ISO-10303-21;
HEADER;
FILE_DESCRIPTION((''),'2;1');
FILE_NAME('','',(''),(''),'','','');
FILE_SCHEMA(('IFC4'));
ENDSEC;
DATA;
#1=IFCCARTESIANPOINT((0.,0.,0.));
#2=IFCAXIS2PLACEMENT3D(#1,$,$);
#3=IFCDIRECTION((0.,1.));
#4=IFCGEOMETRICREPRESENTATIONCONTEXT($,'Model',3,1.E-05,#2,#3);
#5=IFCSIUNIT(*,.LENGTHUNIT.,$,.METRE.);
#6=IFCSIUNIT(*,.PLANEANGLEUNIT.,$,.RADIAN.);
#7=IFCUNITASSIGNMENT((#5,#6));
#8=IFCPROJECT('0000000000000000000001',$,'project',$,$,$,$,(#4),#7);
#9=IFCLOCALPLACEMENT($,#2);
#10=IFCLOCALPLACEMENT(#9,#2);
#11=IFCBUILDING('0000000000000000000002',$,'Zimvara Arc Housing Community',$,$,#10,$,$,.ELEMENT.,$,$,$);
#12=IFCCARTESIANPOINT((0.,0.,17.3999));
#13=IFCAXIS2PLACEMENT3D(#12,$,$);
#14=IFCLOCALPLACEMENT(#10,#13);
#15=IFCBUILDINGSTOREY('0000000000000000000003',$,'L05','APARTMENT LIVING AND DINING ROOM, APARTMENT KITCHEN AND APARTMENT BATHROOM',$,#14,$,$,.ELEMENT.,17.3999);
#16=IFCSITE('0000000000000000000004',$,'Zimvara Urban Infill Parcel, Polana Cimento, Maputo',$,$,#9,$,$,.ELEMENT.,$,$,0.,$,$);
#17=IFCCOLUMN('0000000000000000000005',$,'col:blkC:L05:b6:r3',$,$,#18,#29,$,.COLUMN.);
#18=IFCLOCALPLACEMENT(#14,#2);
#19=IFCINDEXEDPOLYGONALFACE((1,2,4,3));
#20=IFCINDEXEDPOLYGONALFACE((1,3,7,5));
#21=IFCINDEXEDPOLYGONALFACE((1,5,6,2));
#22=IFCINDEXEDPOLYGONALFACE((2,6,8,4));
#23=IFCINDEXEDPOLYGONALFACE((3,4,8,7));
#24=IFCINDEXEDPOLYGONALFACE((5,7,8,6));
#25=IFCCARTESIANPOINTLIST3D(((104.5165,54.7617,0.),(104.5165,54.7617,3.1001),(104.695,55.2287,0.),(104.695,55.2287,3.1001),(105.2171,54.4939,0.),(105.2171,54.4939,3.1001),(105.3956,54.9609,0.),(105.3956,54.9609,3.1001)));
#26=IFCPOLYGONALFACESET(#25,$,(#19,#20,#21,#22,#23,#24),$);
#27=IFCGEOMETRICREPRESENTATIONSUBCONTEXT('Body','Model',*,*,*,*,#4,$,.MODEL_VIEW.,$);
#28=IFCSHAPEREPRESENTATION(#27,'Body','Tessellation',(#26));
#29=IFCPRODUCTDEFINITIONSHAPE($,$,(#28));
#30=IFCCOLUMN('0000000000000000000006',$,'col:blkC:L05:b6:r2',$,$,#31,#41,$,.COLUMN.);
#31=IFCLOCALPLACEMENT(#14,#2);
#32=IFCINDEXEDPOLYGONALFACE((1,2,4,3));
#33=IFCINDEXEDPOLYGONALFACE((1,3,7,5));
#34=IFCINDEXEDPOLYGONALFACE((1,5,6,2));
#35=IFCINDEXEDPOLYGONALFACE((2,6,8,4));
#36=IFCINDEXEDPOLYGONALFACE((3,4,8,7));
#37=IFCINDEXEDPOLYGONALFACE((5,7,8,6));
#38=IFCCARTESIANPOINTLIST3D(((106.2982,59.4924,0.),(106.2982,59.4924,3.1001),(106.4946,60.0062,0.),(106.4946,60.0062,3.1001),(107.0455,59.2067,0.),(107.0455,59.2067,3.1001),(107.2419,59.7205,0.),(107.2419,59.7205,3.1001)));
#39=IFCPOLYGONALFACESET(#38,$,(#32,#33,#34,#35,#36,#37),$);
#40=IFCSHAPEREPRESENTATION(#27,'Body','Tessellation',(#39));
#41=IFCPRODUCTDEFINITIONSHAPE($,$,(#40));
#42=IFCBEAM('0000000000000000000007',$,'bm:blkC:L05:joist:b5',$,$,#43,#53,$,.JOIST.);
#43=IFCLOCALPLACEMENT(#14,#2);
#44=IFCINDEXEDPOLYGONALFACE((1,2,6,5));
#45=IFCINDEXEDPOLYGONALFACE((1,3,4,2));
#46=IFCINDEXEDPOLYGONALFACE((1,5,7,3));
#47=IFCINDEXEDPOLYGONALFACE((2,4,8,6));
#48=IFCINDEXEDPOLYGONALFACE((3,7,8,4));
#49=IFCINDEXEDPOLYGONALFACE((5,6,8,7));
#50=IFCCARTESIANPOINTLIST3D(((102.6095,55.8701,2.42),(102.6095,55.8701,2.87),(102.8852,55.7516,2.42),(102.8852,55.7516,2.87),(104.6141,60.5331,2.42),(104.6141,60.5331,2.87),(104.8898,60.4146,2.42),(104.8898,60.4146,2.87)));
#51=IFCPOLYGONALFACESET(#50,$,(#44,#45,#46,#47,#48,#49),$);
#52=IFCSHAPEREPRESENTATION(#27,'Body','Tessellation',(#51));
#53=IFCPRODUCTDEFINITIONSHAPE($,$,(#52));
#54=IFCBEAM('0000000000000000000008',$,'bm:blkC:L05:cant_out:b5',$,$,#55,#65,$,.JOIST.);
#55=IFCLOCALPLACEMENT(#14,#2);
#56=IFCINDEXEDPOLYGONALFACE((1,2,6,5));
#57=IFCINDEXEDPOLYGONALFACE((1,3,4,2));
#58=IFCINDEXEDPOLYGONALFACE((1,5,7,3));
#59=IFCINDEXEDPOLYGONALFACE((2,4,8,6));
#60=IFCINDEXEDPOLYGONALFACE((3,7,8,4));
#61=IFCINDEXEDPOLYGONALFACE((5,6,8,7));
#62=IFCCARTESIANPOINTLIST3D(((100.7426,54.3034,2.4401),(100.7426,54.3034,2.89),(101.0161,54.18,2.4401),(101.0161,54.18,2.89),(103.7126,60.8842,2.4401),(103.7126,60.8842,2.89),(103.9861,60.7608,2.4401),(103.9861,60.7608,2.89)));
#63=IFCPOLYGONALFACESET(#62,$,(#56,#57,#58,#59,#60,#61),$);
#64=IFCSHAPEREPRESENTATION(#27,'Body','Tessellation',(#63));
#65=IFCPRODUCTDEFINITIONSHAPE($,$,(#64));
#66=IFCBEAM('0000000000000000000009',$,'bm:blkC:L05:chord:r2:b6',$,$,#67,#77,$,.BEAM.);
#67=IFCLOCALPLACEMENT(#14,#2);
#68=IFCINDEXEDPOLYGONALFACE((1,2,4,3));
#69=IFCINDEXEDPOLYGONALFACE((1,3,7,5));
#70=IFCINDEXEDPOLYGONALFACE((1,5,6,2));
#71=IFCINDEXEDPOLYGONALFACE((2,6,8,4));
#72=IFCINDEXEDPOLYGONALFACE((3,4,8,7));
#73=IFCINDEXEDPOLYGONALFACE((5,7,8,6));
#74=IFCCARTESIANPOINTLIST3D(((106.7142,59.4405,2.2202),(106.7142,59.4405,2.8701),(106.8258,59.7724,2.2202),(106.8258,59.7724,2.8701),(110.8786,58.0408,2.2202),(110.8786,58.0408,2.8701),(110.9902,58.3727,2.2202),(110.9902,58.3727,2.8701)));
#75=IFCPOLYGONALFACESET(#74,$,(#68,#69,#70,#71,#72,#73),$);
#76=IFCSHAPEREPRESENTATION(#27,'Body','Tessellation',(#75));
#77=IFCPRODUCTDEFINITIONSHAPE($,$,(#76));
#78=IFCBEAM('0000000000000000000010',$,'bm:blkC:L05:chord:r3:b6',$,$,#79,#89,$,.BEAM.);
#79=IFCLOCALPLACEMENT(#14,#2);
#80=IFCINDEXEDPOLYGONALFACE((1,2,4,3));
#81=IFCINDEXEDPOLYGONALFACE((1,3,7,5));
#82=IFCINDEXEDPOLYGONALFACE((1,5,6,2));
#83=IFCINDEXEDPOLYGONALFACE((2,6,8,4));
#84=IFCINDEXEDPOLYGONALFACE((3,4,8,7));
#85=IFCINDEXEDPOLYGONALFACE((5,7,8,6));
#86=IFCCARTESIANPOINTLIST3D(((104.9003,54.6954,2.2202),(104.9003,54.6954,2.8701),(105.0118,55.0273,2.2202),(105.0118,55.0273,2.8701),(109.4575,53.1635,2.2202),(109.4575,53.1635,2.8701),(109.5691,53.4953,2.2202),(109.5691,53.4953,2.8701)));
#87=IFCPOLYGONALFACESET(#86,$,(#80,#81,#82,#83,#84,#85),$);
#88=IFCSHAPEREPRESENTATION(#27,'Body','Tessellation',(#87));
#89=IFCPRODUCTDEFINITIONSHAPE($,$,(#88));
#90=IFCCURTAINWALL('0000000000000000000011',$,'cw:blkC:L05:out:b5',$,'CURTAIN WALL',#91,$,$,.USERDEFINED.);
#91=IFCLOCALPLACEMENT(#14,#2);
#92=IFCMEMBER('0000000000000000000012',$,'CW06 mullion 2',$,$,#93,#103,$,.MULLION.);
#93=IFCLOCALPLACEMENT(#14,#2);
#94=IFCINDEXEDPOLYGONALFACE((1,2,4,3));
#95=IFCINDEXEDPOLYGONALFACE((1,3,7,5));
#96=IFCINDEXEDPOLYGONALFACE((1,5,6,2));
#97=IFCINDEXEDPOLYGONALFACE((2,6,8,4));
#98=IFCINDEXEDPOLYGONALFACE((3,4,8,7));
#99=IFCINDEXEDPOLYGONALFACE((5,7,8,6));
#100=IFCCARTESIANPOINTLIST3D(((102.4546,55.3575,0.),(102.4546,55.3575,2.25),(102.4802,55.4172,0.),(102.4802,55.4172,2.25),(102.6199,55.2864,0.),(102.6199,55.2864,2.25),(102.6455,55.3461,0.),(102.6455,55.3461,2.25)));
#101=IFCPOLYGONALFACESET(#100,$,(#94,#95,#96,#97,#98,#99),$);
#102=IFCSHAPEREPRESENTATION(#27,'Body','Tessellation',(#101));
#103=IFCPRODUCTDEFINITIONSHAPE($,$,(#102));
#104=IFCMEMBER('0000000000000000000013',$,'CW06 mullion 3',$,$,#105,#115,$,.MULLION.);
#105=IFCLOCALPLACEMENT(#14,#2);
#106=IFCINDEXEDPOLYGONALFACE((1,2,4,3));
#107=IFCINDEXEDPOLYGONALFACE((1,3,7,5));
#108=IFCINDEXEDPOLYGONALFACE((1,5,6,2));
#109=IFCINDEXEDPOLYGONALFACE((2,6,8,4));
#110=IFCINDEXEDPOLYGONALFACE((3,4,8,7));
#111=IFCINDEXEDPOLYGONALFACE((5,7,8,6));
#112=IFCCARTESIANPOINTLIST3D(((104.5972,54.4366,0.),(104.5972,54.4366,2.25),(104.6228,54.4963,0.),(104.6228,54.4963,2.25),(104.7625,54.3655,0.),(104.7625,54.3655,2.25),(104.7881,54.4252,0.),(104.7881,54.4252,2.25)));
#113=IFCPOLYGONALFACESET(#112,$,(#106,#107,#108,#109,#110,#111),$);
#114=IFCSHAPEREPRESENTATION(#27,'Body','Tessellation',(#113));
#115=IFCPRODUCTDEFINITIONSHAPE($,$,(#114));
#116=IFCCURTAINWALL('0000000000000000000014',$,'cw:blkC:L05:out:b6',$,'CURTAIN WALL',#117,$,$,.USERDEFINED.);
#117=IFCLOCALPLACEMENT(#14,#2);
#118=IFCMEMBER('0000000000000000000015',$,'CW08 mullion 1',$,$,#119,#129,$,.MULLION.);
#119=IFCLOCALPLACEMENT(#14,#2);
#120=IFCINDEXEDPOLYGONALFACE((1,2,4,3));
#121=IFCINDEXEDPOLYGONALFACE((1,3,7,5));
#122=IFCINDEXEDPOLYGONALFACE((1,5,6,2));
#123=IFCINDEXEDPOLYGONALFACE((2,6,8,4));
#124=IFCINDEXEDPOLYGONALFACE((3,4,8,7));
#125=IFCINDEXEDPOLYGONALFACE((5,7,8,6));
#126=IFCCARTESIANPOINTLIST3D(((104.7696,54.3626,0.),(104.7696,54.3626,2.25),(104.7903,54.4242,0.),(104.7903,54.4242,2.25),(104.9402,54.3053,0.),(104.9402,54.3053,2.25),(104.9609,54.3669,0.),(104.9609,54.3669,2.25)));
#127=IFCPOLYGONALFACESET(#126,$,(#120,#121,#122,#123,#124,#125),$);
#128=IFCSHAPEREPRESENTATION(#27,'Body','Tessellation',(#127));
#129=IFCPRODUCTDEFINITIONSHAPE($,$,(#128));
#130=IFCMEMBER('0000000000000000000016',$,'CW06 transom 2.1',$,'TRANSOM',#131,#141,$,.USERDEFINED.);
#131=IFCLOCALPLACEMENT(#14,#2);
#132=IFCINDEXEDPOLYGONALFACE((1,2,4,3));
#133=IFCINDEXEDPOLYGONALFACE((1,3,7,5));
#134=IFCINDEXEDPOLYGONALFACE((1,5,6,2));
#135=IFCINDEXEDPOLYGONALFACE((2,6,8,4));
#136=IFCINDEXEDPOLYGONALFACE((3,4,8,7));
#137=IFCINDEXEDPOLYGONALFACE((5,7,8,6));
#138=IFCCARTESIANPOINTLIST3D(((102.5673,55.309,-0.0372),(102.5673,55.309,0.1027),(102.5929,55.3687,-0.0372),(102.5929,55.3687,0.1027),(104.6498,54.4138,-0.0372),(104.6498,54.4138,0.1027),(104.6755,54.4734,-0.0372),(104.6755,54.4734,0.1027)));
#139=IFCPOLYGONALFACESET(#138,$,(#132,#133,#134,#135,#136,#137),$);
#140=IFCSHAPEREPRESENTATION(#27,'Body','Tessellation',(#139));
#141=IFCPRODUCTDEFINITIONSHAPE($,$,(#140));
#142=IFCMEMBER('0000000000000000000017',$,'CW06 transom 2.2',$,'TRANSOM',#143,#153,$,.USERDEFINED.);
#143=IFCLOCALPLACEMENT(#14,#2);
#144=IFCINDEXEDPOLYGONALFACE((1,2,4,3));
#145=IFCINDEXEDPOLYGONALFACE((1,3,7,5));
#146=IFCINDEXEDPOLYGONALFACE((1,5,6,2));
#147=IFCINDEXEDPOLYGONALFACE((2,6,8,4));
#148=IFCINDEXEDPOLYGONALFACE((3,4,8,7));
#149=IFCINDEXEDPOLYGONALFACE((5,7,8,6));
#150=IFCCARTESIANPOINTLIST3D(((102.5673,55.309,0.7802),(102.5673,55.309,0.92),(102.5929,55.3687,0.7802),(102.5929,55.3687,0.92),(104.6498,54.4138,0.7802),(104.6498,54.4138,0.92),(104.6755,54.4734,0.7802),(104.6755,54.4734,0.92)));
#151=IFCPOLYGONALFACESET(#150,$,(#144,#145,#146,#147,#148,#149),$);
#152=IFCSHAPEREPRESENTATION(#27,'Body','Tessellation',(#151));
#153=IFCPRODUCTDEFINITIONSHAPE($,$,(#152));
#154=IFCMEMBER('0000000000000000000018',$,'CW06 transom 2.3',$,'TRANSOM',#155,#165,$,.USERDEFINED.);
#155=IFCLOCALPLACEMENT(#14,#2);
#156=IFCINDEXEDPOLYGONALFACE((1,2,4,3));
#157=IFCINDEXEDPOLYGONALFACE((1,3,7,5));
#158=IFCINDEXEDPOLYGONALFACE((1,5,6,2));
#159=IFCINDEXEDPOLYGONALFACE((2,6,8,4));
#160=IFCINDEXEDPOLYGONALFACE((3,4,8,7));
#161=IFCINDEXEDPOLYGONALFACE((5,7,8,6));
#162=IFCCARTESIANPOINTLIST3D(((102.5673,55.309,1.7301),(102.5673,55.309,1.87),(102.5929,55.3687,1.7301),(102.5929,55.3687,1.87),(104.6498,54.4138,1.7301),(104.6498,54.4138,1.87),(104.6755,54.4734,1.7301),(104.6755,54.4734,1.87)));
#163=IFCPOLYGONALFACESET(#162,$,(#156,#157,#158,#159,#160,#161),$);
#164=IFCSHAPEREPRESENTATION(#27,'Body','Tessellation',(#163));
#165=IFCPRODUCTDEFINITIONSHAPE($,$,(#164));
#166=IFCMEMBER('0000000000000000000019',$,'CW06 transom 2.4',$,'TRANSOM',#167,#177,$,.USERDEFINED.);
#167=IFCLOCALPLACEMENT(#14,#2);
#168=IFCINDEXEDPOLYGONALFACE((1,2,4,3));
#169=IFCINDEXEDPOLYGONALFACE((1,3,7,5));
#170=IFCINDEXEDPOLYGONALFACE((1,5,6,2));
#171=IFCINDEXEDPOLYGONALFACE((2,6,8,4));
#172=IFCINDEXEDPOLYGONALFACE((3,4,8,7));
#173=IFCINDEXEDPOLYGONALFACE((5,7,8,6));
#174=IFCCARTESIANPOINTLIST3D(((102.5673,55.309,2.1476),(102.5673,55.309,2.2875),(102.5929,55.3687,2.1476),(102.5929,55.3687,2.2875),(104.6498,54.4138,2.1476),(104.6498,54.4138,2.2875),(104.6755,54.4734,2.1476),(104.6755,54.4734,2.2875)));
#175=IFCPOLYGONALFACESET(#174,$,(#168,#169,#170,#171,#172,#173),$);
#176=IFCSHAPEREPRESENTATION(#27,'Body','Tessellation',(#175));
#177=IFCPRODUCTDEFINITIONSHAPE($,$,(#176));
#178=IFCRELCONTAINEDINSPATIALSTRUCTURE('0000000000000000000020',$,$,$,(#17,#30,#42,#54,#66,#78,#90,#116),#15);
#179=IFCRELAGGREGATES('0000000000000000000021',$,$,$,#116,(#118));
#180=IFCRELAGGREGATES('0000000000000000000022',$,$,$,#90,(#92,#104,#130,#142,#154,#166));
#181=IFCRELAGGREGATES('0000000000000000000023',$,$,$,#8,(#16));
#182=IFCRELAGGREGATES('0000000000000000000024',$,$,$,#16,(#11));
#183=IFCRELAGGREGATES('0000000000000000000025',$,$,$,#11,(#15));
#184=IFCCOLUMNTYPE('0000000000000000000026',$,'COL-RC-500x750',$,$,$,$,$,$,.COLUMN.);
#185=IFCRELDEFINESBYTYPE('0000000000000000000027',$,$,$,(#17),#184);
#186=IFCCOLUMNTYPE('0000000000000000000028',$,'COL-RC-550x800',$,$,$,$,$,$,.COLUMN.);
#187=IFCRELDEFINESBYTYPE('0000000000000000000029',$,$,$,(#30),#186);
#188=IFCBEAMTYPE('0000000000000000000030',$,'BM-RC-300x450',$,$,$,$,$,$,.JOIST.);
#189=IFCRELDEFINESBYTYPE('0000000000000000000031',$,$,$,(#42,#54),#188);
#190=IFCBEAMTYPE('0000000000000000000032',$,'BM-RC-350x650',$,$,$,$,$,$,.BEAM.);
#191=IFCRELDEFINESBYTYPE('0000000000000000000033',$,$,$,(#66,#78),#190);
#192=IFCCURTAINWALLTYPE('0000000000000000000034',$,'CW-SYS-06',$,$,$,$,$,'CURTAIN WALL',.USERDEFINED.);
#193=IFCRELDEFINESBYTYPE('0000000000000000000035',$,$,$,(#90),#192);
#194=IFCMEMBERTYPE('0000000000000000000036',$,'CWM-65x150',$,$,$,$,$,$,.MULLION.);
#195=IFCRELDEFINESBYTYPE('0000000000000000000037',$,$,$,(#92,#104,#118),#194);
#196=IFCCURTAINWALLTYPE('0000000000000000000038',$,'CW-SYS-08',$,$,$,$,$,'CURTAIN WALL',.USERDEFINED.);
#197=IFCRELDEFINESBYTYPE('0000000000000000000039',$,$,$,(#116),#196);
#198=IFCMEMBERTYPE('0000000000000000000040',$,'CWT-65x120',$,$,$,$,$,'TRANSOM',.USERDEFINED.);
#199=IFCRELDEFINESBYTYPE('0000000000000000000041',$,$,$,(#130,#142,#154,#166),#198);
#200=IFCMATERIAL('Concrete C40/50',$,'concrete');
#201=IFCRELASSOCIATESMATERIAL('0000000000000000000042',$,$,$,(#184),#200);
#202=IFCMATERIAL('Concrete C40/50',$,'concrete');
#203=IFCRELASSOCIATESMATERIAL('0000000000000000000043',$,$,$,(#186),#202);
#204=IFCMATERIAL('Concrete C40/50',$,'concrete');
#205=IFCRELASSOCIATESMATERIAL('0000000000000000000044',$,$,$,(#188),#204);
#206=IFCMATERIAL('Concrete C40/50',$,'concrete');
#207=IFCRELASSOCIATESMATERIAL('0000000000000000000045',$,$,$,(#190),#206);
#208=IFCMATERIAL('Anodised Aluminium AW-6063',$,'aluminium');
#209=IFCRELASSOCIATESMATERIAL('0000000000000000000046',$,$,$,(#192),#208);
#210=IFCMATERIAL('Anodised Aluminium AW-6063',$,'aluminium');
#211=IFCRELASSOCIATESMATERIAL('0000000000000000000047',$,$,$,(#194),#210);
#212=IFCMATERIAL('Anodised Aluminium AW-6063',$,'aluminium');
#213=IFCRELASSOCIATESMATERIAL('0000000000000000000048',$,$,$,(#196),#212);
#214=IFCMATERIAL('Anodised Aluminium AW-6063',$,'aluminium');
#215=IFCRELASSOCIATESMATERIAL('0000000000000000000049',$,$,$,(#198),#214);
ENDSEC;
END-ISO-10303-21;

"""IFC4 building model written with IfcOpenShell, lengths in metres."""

from ifc_helpers import new_model, si_unit, direction, frame, origin, origin_2d, place, context, subcontext, project, spatial, rectangle, extrude, material, material_profile, profile_set, type_object, element, aggregate, save


model = new_model("IFC4")

# Units and contexts
model_context = context("Model", 3, precision=1e-05, world=origin(), true_north=direction((0.0, 1.0)))
body_context = subcontext(model_context, "Body", "Model", "MODEL_VIEW")
ifc_project = project(units=[si_unit("LENGTHUNIT", "METRE"), si_unit("PLANEANGLEUNIT", "RADIAN")], contexts=[model_context])

# Site, building, storey
site_placement = place(None, origin())
site = spatial("IfcSite", under=ifc_project, at=site_placement, Name="Zimvara Urban Infill Parcel, Polana Cimento, Maputo", CompositionType="ELEMENT", RefElevation=0.0)
building_placement = place(site_placement, origin())
building = spatial("IfcBuilding", under=site, at=building_placement, Name="Zimvara Arc Housing Community", CompositionType="ELEMENT")
storey_placement = place(building_placement, frame((0.0, 0.0, 17.3999)))
storey = spatial("IfcBuildingStorey", under=building, at=storey_placement, Name="L05", Description="APARTMENT LIVING AND DINING ROOM, APARTMENT KITCHEN AND APARTMENT BATHROOM", CompositionType="ELEMENT", Elevation=17.3999)

# Columns
ifc_material_1 = material(Name="Concrete C40/50", Category="concrete")
ifc_material_profile_1 = material_profile(ifc_material_1, rectangle(XDim=0.5, YDim=0.75, at=origin_2d()), Name="RC 500x750")
ifc_profile_set_1 = profile_set([ifc_material_profile_1], Name="Concrete C40/50")
column_type_1 = type_object("IfcColumnType", Name="COL-RC-500x750", PredefinedType="COLUMN", material=ifc_profile_set_1)
column_1_placement = place(storey_placement, frame((104.9561, 54.8613, 0.0), z_axis=(0.0, 0.0, 1.0), x_axis=(-0.357064, -0.93408, 0.0)))
element("IfcColumn", 1, at=column_1_placement, inside=storey, type_object=column_type_1, Name="col:blkC:L05:b6:r3", PredefinedType="COLUMN", context=body_context, shape_type="SweptSolid", body=[
    extrude(rectangle(XDim=0.5, YDim=0.75, at=origin_2d()), origin(), (0.0, 0.0, 1.0), 3.1001),
])
ifc_material_2 = material(Name="Concrete C40/50", Category="concrete")
ifc_material_profile_2 = material_profile(ifc_material_2, rectangle(XDim=0.55, YDim=0.8, at=origin_2d()), Name="RC 550x800")
ifc_profile_set_2 = profile_set([ifc_material_profile_2], Name="Concrete C40/50")
column_type_2 = type_object("IfcColumnType", Name="COL-RC-550x800", PredefinedType="COLUMN", material=ifc_profile_set_2)
column_2_placement = place(storey_placement, frame((106.77, 59.6064, 0.0), z_axis=(0.0, 0.0, 1.0), x_axis=(-0.357064, -0.93408, 0.0)))
element("IfcColumn", 2, at=column_2_placement, inside=storey, type_object=column_type_2, Name="col:blkC:L05:b6:r2", PredefinedType="COLUMN", context=body_context, shape_type="SweptSolid", body=[
    extrude(rectangle(XDim=0.55, YDim=0.8, at=origin_2d()), origin(), (0.0, 0.0, 1.0), 3.1001),
])

# Beams
ifc_material_3 = material(Name="Concrete C40/50", Category="concrete")
ifc_material_profile_3 = material_profile(ifc_material_3, rectangle(XDim=0.3, YDim=0.45, at=origin_2d()), Name="RC 300x450")
ifc_profile_set_3 = profile_set([ifc_material_profile_3], Name="Concrete C40/50")
beam_type_1 = type_object("IfcBeamType", Name="BM-RC-300x450", PredefinedType="JOIST", material=ifc_profile_set_3)
beam_1_placement = place(storey_placement, frame((104.752, 60.4739, 2.645), z_axis=(-0.394947, -0.918704, 0.0), x_axis=(0.918704, -0.394947, 0.0)))
element("IfcBeam", 3, at=beam_1_placement, inside=storey, type_object=beam_type_1, Name="bm:blkC:L05:joist:b5", PredefinedType="JOIST", context=body_context, shape_type="SweptSolid", body=[
    extrude(rectangle(XDim=0.3, YDim=0.45, at=origin_2d()), origin(), (0.0, 0.0, 1.0), 5.0757),
])
beam_2_placement = place(storey_placement, frame((103.8494, 60.8225, 2.665), z_axis=(-0.411356, -0.911475, 0.0), x_axis=(0.911475, -0.411356, 0.0)))
element("IfcBeam", 4, at=beam_2_placement, inside=storey, type_object=beam_type_1, Name="bm:blkC:L05:cant_out:b5", PredefinedType="JOIST", context=body_context, shape_type="SweptSolid", body=[
    extrude(rectangle(XDim=0.3, YDim=0.45, at=origin_2d()), origin(), (0.0, 0.0, 1.0), 7.22),
])
ifc_material_4 = material(Name="Concrete C40/50", Category="concrete")
ifc_material_profile_4 = material_profile(ifc_material_4, rectangle(XDim=0.3501, YDim=0.6499, at=origin_2d()), Name="RC 350x650")
ifc_profile_set_4 = profile_set([ifc_material_profile_4], Name="Concrete C40/50")
beam_type_2 = type_object("IfcBeamType", Name="BM-RC-350x650", PredefinedType="BEAM", material=ifc_profile_set_4)
beam_3_placement = place(storey_placement, frame((106.77, 59.6064, 2.5452), z_axis=(0.947891, -0.318594, 0.0), x_axis=(0.318594, 0.947891, 0.0)))
element("IfcBeam", 5, at=beam_3_placement, inside=storey, type_object=beam_type_2, Name="bm:blkC:L05:chord:r2:b6", PredefinedType="BEAM", context=body_context, shape_type="SweptSolid", body=[
    extrude(rectangle(XDim=0.3501, YDim=0.6499, at=origin_2d()), origin(), (0.0, 0.0, 1.0), 4.3933),
])
beam_4_placement = place(storey_placement, frame((104.9561, 54.8613, 2.5452), z_axis=(0.947878, -0.318634, 0.0), x_axis=(0.318634, 0.947878, 0.0)))
element("IfcBeam", 6, at=beam_4_placement, inside=storey, type_object=beam_type_2, Name="bm:blkC:L05:chord:r3:b6", PredefinedType="BEAM", context=body_context, shape_type="SweptSolid", body=[
    extrude(rectangle(XDim=0.3501, YDim=0.6499, at=origin_2d()), origin(), (0.0, 0.0, 1.0), 4.8079),
])

# Curtain wall, members
ifc_material_5 = material(Name="Anodised Aluminium AW-6063", Category="aluminium")
curtain_wall_type_1 = type_object("IfcCurtainWallType", Name="CW-SYS-06", ElementType="CURTAIN WALL", PredefinedType="USERDEFINED", material=ifc_material_5)
curtain_wall_1_placement = place(storey_placement, origin())
curtain_wall_1 = element("IfcCurtainWall", 7, at=curtain_wall_1_placement, inside=storey, type_object=curtain_wall_type_1, Name="cw:blkC:L05:out:b5", ObjectType="CURTAIN WALL", PredefinedType="USERDEFINED")
ifc_material_6 = material(Name="Anodised Aluminium AW-6063", Category="aluminium")
ifc_material_profile_5 = material_profile(ifc_material_6, rectangle(XDim=0.0649, YDim=0.1799, at=origin_2d()), Name="ALU 65x180")
ifc_profile_set_5 = profile_set([ifc_material_profile_5], Name="Anodised Aluminium AW-6063")
member_type_1 = type_object("IfcMemberType", Name="CWM-65x150", PredefinedType="MULLION", material=ifc_profile_set_5)
member_1_placement = place(storey_placement, frame((102.55, 55.3518, 0.0), z_axis=(0.0, 0.0, 1.0), x_axis=(0.394904, 0.918722, 0.0)))
member_1 = element("IfcMember", 8, at=member_1_placement, type_object=member_type_1, Name="CW06 mullion 2", PredefinedType="MULLION", context=body_context, shape_type="SweptSolid", body=[
    extrude(rectangle(XDim=0.0649, YDim=0.1799, at=origin_2d()), origin(), (0.0, 0.0, 1.0), 2.25),
])
member_2_placement = place(storey_placement, frame((104.6926, 54.4309, 0.0), z_axis=(0.0, 0.0, 1.0), x_axis=(0.394904, 0.918722, 0.0)))
member_2 = element("IfcMember", 9, at=member_2_placement, type_object=member_type_1, Name="CW06 mullion 3", PredefinedType="MULLION", context=body_context, shape_type="SweptSolid", body=[
    extrude(rectangle(XDim=0.0649, YDim=0.1799, at=origin_2d()), origin(), (0.0, 0.0, 1.0), 2.25),
])

# Curtain wall, member
ifc_material_7 = material(Name="Anodised Aluminium AW-6063", Category="aluminium")
curtain_wall_type_2 = type_object("IfcCurtainWallType", Name="CW-SYS-08", ElementType="CURTAIN WALL", PredefinedType="USERDEFINED", material=ifc_material_7)
curtain_wall_2_placement = place(storey_placement, origin())
curtain_wall_2 = element("IfcCurtainWall", 10, at=curtain_wall_2_placement, inside=storey, type_object=curtain_wall_type_2, Name="cw:blkC:L05:out:b6", ObjectType="CURTAIN WALL", PredefinedType="USERDEFINED")
member_3_placement = place(storey_placement, frame((104.8652, 54.3647, 0.0), z_axis=(0.0, 0.0, 1.0), x_axis=(0.318629, 0.94788, 0.0)))
member_3 = element("IfcMember", 11, at=member_3_placement, type_object=member_type_1, Name="CW08 mullion 1", PredefinedType="MULLION", context=body_context, shape_type="SweptSolid", body=[
    extrude(rectangle(XDim=0.0649, YDim=0.1799, at=origin_2d()), origin(), (0.0, 0.0, 1.0), 2.25),
])

# Members
ifc_material_8 = material(Name="Anodised Aluminium AW-6063", Category="aluminium")
ifc_material_profile_6 = material_profile(ifc_material_8, rectangle(XDim=0.0649, YDim=0.1399, at=origin_2d()), Name="ALU 65x140")
ifc_profile_set_6 = profile_set([ifc_material_profile_6], Name="Anodised Aluminium AW-6063")
member_type_2 = type_object("IfcMemberType", Name="CWT-65x120", ElementType="TRANSOM", PredefinedType="USERDEFINED", material=ifc_profile_set_6)
member_4_placement = place(storey_placement, frame((102.5801, 55.3389, 0.0327), z_axis=(0.918704, -0.394946, 0.0), x_axis=(0.394946, 0.918704, 0.0)))
member_4 = element("IfcMember", 12, at=member_4_placement, type_object=member_type_2, Name="CW06 transom 2.1", ObjectType="TRANSOM", PredefinedType="USERDEFINED", context=body_context, shape_type="SweptSolid", body=[
    extrude(rectangle(XDim=0.0649, YDim=0.1399, at=origin_2d()), origin(), (0.0, 0.0, 1.0), 2.2668),
])
member_5_placement = place(storey_placement, frame((102.5801, 55.3389, 0.8501), z_axis=(0.918704, -0.394946, 0.0), x_axis=(0.394946, 0.918704, 0.0)))
member_5 = element("IfcMember", 13, at=member_5_placement, type_object=member_type_2, Name="CW06 transom 2.2", ObjectType="TRANSOM", PredefinedType="USERDEFINED", context=body_context, shape_type="SweptSolid", body=[
    extrude(rectangle(XDim=0.0649, YDim=0.1399, at=origin_2d()), origin(), (0.0, 0.0, 1.0), 2.2668),
])
member_6_placement = place(storey_placement, frame((102.5801, 55.3389, 1.8), z_axis=(0.918704, -0.394946, 0.0), x_axis=(0.394946, 0.918704, 0.0)))
member_6 = element("IfcMember", 14, at=member_6_placement, type_object=member_type_2, Name="CW06 transom 2.3", ObjectType="TRANSOM", PredefinedType="USERDEFINED", context=body_context, shape_type="SweptSolid", body=[
    extrude(rectangle(XDim=0.0649, YDim=0.1399, at=origin_2d()), origin(), (0.0, 0.0, 1.0), 2.2668),
])
member_7_placement = place(storey_placement, frame((102.5801, 55.3389, 2.2175), z_axis=(0.918704, -0.394946, 0.0), x_axis=(0.394946, 0.918704, 0.0)))
member_7 = element("IfcMember", 15, at=member_7_placement, type_object=member_type_2, Name="CW06 transom 2.4", ObjectType="TRANSOM", PredefinedType="USERDEFINED", context=body_context, shape_type="SweptSolid", body=[
    extrude(rectangle(XDim=0.0649, YDim=0.1399, at=origin_2d()), origin(), (0.0, 0.0, 1.0), 2.2668),
])

aggregate(curtain_wall_2, [member_3])
aggregate(curtain_wall_1, [member_1, member_2, member_4, member_5, member_6, member_7])

save(model, "model.ifc")
